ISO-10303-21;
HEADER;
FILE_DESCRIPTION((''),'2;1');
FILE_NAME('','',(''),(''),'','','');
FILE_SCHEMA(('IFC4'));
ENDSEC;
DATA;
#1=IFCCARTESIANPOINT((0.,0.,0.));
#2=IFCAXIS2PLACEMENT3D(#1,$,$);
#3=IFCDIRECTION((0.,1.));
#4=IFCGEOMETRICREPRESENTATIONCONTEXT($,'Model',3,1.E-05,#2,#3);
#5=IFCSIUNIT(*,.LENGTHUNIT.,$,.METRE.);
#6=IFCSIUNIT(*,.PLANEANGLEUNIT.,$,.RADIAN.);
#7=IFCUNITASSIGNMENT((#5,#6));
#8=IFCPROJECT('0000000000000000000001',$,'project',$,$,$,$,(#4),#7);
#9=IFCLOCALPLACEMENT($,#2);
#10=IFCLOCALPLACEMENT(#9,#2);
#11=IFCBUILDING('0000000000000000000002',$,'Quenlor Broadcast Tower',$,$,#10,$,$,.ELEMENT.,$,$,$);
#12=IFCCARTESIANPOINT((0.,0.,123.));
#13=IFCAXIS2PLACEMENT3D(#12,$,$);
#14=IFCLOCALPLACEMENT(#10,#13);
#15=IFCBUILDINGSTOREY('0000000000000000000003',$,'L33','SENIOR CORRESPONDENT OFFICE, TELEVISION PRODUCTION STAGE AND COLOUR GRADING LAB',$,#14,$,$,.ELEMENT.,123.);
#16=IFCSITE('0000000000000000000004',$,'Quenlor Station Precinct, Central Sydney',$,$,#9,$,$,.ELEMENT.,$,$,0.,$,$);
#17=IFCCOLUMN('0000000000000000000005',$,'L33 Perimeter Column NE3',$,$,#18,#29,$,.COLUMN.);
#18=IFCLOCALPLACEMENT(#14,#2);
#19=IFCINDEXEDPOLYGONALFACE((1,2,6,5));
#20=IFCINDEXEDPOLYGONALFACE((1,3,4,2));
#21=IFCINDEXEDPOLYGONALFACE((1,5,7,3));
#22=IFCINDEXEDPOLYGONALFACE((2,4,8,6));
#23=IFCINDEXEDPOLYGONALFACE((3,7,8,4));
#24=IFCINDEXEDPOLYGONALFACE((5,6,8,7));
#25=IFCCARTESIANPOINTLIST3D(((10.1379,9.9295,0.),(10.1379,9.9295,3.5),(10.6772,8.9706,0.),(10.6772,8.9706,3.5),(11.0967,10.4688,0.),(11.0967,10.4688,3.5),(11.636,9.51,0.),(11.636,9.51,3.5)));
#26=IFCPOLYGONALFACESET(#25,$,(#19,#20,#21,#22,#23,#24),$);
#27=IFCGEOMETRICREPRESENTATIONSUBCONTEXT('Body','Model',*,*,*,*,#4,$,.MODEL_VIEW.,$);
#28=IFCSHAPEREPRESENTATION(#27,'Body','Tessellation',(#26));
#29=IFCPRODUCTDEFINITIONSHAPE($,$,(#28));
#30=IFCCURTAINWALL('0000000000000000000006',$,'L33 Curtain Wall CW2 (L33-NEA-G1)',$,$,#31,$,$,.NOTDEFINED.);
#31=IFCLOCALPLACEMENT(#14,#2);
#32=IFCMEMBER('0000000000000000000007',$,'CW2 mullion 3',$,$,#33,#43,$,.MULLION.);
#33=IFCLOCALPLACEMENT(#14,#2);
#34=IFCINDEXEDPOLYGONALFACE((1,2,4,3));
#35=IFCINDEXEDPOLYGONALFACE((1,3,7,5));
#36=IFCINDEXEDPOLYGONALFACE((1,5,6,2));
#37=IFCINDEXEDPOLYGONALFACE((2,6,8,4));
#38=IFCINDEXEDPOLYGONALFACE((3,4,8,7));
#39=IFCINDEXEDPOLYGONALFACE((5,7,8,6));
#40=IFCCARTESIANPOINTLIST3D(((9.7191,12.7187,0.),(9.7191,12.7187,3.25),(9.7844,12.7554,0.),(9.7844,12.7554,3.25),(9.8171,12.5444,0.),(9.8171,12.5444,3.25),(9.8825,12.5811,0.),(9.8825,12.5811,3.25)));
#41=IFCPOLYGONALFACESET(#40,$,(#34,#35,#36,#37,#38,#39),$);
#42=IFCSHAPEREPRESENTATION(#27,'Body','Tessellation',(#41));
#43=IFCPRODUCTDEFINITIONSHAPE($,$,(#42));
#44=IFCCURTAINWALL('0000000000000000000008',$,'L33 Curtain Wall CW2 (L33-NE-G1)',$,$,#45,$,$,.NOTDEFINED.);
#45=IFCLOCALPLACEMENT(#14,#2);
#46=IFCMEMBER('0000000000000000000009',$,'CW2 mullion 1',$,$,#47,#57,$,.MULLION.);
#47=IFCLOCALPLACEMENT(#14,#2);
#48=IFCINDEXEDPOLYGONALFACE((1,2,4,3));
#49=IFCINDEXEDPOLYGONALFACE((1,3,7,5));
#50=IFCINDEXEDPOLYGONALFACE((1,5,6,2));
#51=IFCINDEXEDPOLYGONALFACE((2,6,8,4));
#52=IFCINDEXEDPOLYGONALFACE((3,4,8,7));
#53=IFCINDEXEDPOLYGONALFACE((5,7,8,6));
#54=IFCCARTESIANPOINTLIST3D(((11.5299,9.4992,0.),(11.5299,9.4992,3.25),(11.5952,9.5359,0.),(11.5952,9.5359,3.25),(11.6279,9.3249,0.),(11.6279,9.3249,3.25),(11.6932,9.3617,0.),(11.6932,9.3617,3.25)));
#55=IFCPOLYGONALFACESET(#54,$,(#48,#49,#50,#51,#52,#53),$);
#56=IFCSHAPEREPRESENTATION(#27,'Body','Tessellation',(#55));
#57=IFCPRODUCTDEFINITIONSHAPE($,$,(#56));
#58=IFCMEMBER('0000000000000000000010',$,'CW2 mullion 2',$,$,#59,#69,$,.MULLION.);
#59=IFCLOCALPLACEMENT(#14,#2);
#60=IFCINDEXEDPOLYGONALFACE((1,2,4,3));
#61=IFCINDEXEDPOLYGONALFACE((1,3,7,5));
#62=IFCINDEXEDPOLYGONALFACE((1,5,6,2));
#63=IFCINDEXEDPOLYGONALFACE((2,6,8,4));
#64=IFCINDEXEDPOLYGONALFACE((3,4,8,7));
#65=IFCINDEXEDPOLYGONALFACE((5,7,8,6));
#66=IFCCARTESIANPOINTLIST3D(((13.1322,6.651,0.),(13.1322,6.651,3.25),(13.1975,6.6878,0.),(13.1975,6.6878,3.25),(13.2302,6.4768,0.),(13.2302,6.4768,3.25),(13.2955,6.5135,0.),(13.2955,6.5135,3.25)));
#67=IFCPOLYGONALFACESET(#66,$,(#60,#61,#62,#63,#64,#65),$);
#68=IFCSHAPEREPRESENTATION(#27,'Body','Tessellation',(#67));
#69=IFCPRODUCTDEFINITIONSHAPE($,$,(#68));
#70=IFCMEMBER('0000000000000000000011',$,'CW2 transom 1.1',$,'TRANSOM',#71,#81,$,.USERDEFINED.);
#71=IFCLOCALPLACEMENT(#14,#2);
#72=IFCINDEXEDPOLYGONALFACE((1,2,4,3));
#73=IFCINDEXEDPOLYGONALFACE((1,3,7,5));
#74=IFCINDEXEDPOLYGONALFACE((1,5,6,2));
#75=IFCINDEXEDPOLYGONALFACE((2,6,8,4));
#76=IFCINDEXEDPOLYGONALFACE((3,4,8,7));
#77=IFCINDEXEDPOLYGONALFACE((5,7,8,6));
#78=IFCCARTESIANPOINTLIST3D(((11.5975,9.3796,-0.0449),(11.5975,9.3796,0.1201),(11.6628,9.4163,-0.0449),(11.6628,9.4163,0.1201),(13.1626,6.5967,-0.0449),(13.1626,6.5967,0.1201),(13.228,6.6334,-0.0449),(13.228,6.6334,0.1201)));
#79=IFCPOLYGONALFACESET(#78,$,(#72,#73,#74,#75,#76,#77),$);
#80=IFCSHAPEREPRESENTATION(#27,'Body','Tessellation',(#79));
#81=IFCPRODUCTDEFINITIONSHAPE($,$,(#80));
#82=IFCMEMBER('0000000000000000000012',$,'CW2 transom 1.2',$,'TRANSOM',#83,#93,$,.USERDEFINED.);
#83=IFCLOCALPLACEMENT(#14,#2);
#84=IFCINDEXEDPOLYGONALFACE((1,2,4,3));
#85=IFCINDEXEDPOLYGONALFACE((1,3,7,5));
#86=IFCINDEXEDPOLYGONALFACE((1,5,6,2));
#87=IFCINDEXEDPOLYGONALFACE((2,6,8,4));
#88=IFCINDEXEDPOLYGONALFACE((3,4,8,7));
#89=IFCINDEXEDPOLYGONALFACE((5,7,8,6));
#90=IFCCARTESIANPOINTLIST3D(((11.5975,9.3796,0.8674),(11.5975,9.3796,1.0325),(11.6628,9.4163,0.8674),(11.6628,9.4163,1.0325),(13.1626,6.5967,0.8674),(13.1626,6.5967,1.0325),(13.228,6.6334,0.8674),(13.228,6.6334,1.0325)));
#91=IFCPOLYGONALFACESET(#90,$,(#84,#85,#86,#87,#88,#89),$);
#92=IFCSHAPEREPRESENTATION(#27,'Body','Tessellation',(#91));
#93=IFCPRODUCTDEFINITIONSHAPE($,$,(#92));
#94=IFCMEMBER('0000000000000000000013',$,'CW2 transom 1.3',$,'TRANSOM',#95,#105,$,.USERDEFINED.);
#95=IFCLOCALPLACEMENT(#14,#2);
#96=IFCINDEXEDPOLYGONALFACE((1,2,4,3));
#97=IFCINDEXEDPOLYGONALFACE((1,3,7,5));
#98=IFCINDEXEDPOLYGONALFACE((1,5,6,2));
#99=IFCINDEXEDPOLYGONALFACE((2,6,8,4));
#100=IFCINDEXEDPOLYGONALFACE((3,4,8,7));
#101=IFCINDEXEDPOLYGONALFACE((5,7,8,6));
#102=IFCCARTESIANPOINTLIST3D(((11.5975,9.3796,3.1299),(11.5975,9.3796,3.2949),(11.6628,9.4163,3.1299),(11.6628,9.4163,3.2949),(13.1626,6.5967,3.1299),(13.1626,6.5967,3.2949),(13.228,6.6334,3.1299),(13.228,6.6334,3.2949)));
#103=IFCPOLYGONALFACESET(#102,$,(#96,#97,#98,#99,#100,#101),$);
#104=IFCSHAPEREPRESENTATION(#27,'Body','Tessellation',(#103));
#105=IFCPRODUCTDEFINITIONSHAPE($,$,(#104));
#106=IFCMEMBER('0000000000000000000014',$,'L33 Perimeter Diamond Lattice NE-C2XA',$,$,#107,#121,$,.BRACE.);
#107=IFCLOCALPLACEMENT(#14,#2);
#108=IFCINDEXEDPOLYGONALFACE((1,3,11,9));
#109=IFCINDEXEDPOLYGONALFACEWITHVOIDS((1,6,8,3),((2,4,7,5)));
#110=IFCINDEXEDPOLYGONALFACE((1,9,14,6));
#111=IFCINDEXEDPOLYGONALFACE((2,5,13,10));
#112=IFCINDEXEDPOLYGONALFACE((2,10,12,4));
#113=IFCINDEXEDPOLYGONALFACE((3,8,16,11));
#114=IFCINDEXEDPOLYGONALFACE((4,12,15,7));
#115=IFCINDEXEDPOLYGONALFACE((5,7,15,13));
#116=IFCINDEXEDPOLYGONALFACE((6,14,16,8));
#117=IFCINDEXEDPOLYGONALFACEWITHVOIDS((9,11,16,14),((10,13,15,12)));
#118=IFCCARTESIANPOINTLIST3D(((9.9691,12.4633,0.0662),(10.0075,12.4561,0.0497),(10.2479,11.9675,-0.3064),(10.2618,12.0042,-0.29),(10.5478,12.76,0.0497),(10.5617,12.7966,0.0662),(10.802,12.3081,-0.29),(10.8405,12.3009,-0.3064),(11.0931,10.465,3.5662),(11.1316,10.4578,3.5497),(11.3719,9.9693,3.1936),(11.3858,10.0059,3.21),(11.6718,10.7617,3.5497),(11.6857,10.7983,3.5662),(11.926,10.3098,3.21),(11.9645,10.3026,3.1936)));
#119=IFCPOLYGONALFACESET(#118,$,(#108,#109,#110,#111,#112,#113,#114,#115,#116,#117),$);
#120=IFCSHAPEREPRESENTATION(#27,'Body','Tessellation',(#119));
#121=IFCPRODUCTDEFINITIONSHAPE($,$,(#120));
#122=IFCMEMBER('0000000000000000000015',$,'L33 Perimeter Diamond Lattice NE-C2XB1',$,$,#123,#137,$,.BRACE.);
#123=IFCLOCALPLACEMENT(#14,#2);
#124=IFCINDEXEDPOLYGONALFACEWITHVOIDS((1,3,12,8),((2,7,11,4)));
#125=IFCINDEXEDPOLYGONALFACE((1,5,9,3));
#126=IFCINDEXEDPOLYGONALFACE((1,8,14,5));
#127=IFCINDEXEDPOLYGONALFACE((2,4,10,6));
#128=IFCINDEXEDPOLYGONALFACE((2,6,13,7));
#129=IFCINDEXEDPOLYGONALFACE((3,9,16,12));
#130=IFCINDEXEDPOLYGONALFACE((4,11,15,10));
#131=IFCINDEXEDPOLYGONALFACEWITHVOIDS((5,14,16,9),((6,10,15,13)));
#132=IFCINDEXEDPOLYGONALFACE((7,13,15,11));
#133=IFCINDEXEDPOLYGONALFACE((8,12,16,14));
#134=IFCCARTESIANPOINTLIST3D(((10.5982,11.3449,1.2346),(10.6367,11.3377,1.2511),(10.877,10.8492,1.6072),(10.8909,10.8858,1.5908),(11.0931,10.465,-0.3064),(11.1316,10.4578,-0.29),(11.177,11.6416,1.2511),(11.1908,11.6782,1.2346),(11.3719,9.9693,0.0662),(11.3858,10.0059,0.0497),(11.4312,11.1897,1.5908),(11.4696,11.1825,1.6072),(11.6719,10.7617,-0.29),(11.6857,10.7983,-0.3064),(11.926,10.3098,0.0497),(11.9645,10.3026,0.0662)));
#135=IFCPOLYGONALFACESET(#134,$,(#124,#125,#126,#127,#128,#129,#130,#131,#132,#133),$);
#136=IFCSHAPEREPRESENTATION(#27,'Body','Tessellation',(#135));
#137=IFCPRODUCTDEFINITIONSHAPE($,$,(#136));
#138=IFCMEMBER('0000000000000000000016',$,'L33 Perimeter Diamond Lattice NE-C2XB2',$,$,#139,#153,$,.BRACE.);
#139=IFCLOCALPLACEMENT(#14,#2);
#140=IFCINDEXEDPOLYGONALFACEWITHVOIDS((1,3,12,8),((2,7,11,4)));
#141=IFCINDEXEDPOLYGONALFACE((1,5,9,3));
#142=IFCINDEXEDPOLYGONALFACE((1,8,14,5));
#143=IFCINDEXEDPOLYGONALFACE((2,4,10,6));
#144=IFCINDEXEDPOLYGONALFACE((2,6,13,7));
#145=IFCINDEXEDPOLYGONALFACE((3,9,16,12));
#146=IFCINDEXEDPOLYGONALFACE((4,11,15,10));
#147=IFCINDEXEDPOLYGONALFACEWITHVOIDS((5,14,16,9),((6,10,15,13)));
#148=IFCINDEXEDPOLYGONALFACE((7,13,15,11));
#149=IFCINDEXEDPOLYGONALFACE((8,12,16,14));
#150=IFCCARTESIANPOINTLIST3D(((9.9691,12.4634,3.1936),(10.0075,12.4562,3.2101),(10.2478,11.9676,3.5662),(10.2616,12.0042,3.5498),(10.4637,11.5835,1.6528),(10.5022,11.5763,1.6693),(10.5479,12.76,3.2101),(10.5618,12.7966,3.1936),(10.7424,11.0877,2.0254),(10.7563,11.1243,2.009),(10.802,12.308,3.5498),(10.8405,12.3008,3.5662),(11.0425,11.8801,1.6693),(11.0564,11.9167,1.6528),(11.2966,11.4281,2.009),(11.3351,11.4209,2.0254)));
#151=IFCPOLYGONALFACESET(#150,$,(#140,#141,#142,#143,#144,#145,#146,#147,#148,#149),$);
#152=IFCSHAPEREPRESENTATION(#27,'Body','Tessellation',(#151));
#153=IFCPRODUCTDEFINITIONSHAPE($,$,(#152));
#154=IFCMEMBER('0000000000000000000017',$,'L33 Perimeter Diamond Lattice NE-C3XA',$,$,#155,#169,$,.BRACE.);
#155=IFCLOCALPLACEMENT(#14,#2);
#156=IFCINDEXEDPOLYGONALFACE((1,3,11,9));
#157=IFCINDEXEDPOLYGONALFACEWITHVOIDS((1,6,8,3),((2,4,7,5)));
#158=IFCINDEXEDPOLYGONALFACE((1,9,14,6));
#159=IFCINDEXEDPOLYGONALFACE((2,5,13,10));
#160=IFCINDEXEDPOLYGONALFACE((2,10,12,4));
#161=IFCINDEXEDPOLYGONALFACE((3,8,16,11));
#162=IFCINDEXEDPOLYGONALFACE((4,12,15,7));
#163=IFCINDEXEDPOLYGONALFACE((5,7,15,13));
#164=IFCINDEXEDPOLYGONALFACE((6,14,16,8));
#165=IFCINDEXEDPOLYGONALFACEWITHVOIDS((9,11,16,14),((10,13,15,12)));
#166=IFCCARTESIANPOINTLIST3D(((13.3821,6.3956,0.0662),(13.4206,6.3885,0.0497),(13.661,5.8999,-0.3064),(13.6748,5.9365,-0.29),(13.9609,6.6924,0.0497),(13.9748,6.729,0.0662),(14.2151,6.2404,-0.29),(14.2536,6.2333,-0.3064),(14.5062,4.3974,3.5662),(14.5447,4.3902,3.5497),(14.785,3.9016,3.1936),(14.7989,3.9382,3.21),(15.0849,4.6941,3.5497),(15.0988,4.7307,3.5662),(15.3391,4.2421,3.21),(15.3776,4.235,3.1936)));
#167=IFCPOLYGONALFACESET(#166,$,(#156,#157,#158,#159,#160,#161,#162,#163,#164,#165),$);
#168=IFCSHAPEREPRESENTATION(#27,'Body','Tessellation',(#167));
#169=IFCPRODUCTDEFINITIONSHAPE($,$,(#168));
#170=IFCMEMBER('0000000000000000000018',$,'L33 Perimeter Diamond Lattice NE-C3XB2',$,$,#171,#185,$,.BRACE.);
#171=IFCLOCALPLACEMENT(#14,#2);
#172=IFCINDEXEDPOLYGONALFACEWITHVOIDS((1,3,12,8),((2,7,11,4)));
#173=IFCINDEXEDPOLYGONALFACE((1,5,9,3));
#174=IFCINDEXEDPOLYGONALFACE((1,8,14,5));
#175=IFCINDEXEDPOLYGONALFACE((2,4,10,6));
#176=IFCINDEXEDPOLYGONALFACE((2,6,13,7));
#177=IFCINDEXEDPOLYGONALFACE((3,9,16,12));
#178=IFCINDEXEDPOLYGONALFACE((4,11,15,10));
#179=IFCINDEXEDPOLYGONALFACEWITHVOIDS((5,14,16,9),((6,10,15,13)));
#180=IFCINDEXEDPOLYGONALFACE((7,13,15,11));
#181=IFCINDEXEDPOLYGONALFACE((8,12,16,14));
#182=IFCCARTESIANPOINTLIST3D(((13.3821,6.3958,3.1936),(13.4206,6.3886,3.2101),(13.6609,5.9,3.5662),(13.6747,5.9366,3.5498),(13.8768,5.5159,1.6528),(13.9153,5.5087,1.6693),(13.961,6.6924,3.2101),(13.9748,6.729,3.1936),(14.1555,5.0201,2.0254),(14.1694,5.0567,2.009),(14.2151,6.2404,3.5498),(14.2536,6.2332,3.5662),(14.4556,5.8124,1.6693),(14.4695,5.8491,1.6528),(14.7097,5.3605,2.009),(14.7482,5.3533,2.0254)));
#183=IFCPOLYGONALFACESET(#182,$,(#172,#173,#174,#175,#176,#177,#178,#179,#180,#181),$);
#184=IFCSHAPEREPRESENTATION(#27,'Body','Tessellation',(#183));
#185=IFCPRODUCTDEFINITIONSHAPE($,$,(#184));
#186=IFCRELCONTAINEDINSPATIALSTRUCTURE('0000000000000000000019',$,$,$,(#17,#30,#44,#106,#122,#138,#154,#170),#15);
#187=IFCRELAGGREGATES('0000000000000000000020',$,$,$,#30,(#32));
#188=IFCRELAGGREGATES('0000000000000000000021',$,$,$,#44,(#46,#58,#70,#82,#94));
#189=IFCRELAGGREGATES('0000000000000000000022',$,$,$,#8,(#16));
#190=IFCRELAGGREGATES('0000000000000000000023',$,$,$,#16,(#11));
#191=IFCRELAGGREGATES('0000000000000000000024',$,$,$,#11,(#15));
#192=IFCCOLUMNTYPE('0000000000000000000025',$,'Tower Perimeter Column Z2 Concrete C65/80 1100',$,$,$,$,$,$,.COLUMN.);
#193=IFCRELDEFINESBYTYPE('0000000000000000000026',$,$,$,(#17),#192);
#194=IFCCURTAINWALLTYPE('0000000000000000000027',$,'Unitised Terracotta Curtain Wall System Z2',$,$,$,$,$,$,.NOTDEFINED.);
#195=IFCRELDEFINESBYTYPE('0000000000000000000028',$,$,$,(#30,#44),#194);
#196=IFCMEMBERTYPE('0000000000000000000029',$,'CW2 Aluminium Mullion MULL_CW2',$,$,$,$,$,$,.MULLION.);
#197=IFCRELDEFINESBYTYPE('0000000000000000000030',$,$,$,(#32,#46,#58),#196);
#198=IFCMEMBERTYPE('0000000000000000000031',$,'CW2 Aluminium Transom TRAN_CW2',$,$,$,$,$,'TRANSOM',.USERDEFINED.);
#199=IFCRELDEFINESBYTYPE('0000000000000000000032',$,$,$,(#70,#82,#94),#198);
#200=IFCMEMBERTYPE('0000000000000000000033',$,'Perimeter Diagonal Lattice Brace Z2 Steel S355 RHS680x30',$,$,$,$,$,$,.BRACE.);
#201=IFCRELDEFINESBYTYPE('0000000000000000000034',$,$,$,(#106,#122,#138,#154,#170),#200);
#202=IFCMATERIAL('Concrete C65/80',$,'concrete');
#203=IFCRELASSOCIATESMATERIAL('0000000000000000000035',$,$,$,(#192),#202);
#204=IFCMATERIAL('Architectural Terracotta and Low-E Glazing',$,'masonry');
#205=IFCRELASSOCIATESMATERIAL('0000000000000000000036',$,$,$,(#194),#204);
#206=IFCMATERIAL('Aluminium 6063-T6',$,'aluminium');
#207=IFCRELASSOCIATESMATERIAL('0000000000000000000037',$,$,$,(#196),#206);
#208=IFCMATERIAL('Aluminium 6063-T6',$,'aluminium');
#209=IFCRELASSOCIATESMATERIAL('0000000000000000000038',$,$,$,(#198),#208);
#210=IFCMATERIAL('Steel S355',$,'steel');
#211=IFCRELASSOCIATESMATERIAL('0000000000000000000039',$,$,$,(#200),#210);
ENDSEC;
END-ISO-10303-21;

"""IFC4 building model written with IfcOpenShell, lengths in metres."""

from ifc_helpers import new_model, si_unit, direction, frame, origin, origin_2d, place, context, subcontext, project, spatial, rectangle, hollow_rectangle, extrude, material, material_profile, profile_set, type_object, element, aggregate, save


model = new_model("IFC4")

# Units and contexts
model_context = context("Model", 3, precision=1e-05, world=origin(), true_north=direction((0.0, 1.0)))
body_context = subcontext(model_context, "Body", "Model", "MODEL_VIEW")
ifc_project = project(units=[si_unit("LENGTHUNIT", "METRE"), si_unit("PLANEANGLEUNIT", "RADIAN")], contexts=[model_context])

# Site, building, storey
site_placement = place(None, origin())
site = spatial("IfcSite", under=ifc_project, at=site_placement, Name="Quenlor Station Precinct, Central Sydney", CompositionType="ELEMENT", RefElevation=0.0)
building_placement = place(site_placement, origin())
building = spatial("IfcBuilding", under=site, at=building_placement, Name="Quenlor Broadcast Tower", CompositionType="ELEMENT")
storey_placement = place(building_placement, frame((0.0, 0.0, 123.0)))
storey = spatial("IfcBuildingStorey", under=building, at=storey_placement, Name="L33", Description="SENIOR CORRESPONDENT OFFICE, TELEVISION PRODUCTION STAGE AND COLOUR GRADING LAB", CompositionType="ELEMENT", Elevation=123.0)

# Column
ifc_material_1 = material(Name="Concrete C65/80", Category="concrete")
ifc_material_profile_1 = material_profile(ifc_material_1, rectangle(XDim=1.1001, YDim=1.1001, at=origin_2d()))
ifc_profile_set_1 = profile_set([ifc_material_profile_1], Name="Concrete C65/80 RC1100x1100")
column_type = type_object("IfcColumnType", Name="Tower Perimeter Column Z2 Concrete C65/80 1100", PredefinedType="COLUMN", material=ifc_profile_set_1)
column_placement = place(storey_placement, frame((10.887, 9.7197, 0.0), z_axis=(0.0, 0.0, 1.0), x_axis=(0.871575, 0.490262, 0.0)))
element("IfcColumn", 1, at=column_placement, inside=storey, type_object=column_type, Name="L33 Perimeter Column NE3", PredefinedType="COLUMN", context=body_context, shape_type="SweptSolid", body=[
    extrude(rectangle(XDim=1.1001, YDim=1.1001, at=origin_2d()), origin(), (0.0, 0.0, 1.0), 3.5),
])

# Curtain wall, member
ifc_material_2 = material(Name="Architectural Terracotta and Low-E Glazing", Category="masonry")
curtain_wall_type = type_object("IfcCurtainWallType", Name="Unitised Terracotta Curtain Wall System Z2", PredefinedType="NOTDEFINED", material=ifc_material_2)
curtain_wall_1_placement = place(storey_placement, origin())
curtain_wall_1 = element("IfcCurtainWall", 2, at=curtain_wall_1_placement, inside=storey, type_object=curtain_wall_type, Name="L33 Curtain Wall CW2 (L33-NEA-G1)", PredefinedType="NOTDEFINED")
ifc_material_3 = material(Name="Aluminium 6063-T6", Category="aluminium")
ifc_material_profile_2 = material_profile(ifc_material_3, rectangle(XDim=0.075, YDim=0.2, at=origin_2d()))
ifc_profile_set_2 = profile_set([ifc_material_profile_2], Name="Aluminium 6063-T6 MULL75x200")
member_type_1 = type_object("IfcMemberType", Name="CW2 Aluminium Mullion MULL_CW2", PredefinedType="MULLION", material=ifc_profile_set_2)
member_1_placement = place(storey_placement, frame((9.8008, 12.6499, 0.0), z_axis=(0.0, 0.0, 1.0), x_axis=(0.871573, 0.490265, 0.0)))
member_1 = element("IfcMember", 3, at=member_1_placement, type_object=member_type_1, Name="CW2 mullion 3", PredefinedType="MULLION", context=body_context, shape_type="SweptSolid", body=[
    extrude(rectangle(XDim=0.075, YDim=0.2, at=origin_2d()), origin(), (0.0, 0.0, 1.0), 3.25),
])
aggregate(curtain_wall_1, [member_1])

# Curtain wall, members
curtain_wall_2_placement = place(storey_placement, origin())
curtain_wall_2 = element("IfcCurtainWall", 4, at=curtain_wall_2_placement, inside=storey, type_object=curtain_wall_type, Name="L33 Curtain Wall CW2 (L33-NE-G1)", PredefinedType="NOTDEFINED")
member_2_placement = place(storey_placement, frame((11.6116, 9.4304, 0.0), z_axis=(0.0, 0.0, 1.0), x_axis=(0.871576, 0.490261, 0.0)))
member_2 = element("IfcMember", 5, at=member_2_placement, type_object=member_type_1, Name="CW2 mullion 1", PredefinedType="MULLION", context=body_context, shape_type="SweptSolid", body=[
    extrude(rectangle(XDim=0.075, YDim=0.2, at=origin_2d()), origin(), (0.0, 0.0, 1.0), 3.25),
])
member_3_placement = place(storey_placement, frame((13.2139, 6.5823, 0.0), z_axis=(0.0, 0.0, 1.0), x_axis=(0.871576, 0.490261, 0.0)))
member_3 = element("IfcMember", 6, at=member_3_placement, type_object=member_type_1, Name="CW2 mullion 2", PredefinedType="MULLION", context=body_context, shape_type="SweptSolid", body=[
    extrude(rectangle(XDim=0.075, YDim=0.2, at=origin_2d()), origin(), (0.0, 0.0, 1.0), 3.25),
])
ifc_material_4 = material(Name="Aluminium 6063-T6", Category="aluminium")
ifc_material_profile_3 = material_profile(ifc_material_4, rectangle(XDim=0.075, YDim=0.165, at=origin_2d()))
ifc_profile_set_3 = profile_set([ifc_material_profile_3], Name="Aluminium 6063-T6 TRAN75x165")
member_type_2 = type_object("IfcMemberType", Name="CW2 Aluminium Transom TRAN_CW2", ElementType="TRANSOM", PredefinedType="USERDEFINED", material=ifc_profile_set_3)
member_4_placement = place(storey_placement, frame((11.6301, 9.3979, 0.0376), z_axis=(0.490207, -0.871606, 0.0), x_axis=(0.871606, 0.490207, 0.0)))
member_4 = element("IfcMember", 7, at=member_4_placement, type_object=member_type_2, Name="CW2 transom 1.1", ObjectType="TRANSOM", PredefinedType="USERDEFINED", context=body_context, shape_type="SweptSolid", body=[
    extrude(rectangle(XDim=0.075, YDim=0.165, at=origin_2d()), origin(), (0.0, 0.0, 1.0), 3.1929),
])
member_5_placement = place(storey_placement, frame((11.6301, 9.3979, 0.95), z_axis=(0.490207, -0.871606, 0.0), x_axis=(0.871606, 0.490207, 0.0)))
member_5 = element("IfcMember", 8, at=member_5_placement, type_object=member_type_2, Name="CW2 transom 1.2", ObjectType="TRANSOM", PredefinedType="USERDEFINED", context=body_context, shape_type="SweptSolid", body=[
    extrude(rectangle(XDim=0.075, YDim=0.165, at=origin_2d()), origin(), (0.0, 0.0, 1.0), 3.1929),
])
member_6_placement = place(storey_placement, frame((11.6301, 9.3979, 3.2124), z_axis=(0.490207, -0.871606, 0.0), x_axis=(0.871606, 0.490207, 0.0)))
member_6 = element("IfcMember", 9, at=member_6_placement, type_object=member_type_2, Name="CW2 transom 1.3", ObjectType="TRANSOM", PredefinedType="USERDEFINED", context=body_context, shape_type="SweptSolid", body=[
    extrude(rectangle(XDim=0.075, YDim=0.165, at=origin_2d()), origin(), (0.0, 0.0, 1.0), 3.1929),
])

# Members
ifc_material_5 = material(Name="Steel S355", Category="steel")
ifc_material_profile_4 = material_profile(ifc_material_5, hollow_rectangle(XDim=0.6799, YDim=0.6799, WallThickness=0.03, at=origin_2d()))
ifc_profile_set_4 = profile_set([ifc_material_profile_4], Name="Steel S355 RHS680x680x30")
member_type_3 = type_object("IfcMemberType", Name="Perimeter Diagonal Lattice Brace Z2 Steel S355 RHS680x30", PredefinedType="BRACE", material=ifc_profile_set_4)
member_7_placement = place(storey_placement, frame((10.4048, 12.3821, -0.1201), z_axis=(0.268642, -0.477593, 0.836502), x_axis=(0.871578, 0.490256, 0.0)))
element("IfcMember", 10, at=member_7_placement, inside=storey, type_object=member_type_3, Name="L33 Perimeter Diamond Lattice NE-C2XA", PredefinedType="BRACE", context=body_context, shape_type="SweptSolid", body=[
    extrude(hollow_rectangle(XDim=0.6799, YDim=0.6799, WallThickness=0.03, at=origin_2d()), origin(), (0.0, 0.0, 1.0), 4.1841),
])
member_8_placement = place(storey_placement, frame((11.5288, 10.3838, -0.1201), z_axis=(-0.268627, 0.477618, 0.836493), x_axis=(-0.871601, -0.490215, 0.0)))
element("IfcMember", 11, at=member_8_placement, inside=storey, type_object=member_type_3, Name="L33 Perimeter Diamond Lattice NE-C2XB1", PredefinedType="BRACE", context=body_context, shape_type="SweptSolid", body=[
    extrude(hollow_rectangle(XDim=0.6799, YDim=0.6799, WallThickness=0.03, at=origin_2d()), origin(), (0.0, 0.0, 1.0), 1.8423),
])
member_9_placement = place(storey_placement, frame((10.8994, 11.5022, 1.8391), z_axis=(-0.268534, 0.477688, 0.836483), x_axis=(-0.871705, -0.490032, 0.0)))
element("IfcMember", 12, at=member_9_placement, inside=storey, type_object=member_type_3, Name="L33 Perimeter Diamond Lattice NE-C2XB2", PredefinedType="BRACE", context=body_context, shape_type="SweptSolid", body=[
    extrude(hollow_rectangle(XDim=0.6799, YDim=0.6799, WallThickness=0.03, at=origin_2d()), origin(), (0.0, 0.0, 1.0), 1.842),
])
member_10_placement = place(storey_placement, frame((13.8179, 6.3145, -0.1201), z_axis=(0.268642, -0.477593, 0.836502), x_axis=(0.871578, 0.490256, 0.0)))
element("IfcMember", 13, at=member_10_placement, inside=storey, type_object=member_type_3, Name="L33 Perimeter Diamond Lattice NE-C3XA", PredefinedType="BRACE", context=body_context, shape_type="SweptSolid", body=[
    extrude(hollow_rectangle(XDim=0.6799, YDim=0.6799, WallThickness=0.03, at=origin_2d()), origin(), (0.0, 0.0, 1.0), 4.1841),
])
member_11_placement = place(storey_placement, frame((14.3125, 5.4346, 1.8391), z_axis=(-0.268534, 0.477688, 0.836483), x_axis=(-0.871705, -0.490032, 0.0)))
element("IfcMember", 14, at=member_11_placement, inside=storey, type_object=member_type_3, Name="L33 Perimeter Diamond Lattice NE-C3XB2", PredefinedType="BRACE", context=body_context, shape_type="SweptSolid", body=[
    extrude(hollow_rectangle(XDim=0.6799, YDim=0.6799, WallThickness=0.03, at=origin_2d()), origin(), (0.0, 0.0, 1.0), 1.842),
])

aggregate(curtain_wall_2, [member_2, member_3, member_4, member_5, member_6])

save(model, "model.ifc")
